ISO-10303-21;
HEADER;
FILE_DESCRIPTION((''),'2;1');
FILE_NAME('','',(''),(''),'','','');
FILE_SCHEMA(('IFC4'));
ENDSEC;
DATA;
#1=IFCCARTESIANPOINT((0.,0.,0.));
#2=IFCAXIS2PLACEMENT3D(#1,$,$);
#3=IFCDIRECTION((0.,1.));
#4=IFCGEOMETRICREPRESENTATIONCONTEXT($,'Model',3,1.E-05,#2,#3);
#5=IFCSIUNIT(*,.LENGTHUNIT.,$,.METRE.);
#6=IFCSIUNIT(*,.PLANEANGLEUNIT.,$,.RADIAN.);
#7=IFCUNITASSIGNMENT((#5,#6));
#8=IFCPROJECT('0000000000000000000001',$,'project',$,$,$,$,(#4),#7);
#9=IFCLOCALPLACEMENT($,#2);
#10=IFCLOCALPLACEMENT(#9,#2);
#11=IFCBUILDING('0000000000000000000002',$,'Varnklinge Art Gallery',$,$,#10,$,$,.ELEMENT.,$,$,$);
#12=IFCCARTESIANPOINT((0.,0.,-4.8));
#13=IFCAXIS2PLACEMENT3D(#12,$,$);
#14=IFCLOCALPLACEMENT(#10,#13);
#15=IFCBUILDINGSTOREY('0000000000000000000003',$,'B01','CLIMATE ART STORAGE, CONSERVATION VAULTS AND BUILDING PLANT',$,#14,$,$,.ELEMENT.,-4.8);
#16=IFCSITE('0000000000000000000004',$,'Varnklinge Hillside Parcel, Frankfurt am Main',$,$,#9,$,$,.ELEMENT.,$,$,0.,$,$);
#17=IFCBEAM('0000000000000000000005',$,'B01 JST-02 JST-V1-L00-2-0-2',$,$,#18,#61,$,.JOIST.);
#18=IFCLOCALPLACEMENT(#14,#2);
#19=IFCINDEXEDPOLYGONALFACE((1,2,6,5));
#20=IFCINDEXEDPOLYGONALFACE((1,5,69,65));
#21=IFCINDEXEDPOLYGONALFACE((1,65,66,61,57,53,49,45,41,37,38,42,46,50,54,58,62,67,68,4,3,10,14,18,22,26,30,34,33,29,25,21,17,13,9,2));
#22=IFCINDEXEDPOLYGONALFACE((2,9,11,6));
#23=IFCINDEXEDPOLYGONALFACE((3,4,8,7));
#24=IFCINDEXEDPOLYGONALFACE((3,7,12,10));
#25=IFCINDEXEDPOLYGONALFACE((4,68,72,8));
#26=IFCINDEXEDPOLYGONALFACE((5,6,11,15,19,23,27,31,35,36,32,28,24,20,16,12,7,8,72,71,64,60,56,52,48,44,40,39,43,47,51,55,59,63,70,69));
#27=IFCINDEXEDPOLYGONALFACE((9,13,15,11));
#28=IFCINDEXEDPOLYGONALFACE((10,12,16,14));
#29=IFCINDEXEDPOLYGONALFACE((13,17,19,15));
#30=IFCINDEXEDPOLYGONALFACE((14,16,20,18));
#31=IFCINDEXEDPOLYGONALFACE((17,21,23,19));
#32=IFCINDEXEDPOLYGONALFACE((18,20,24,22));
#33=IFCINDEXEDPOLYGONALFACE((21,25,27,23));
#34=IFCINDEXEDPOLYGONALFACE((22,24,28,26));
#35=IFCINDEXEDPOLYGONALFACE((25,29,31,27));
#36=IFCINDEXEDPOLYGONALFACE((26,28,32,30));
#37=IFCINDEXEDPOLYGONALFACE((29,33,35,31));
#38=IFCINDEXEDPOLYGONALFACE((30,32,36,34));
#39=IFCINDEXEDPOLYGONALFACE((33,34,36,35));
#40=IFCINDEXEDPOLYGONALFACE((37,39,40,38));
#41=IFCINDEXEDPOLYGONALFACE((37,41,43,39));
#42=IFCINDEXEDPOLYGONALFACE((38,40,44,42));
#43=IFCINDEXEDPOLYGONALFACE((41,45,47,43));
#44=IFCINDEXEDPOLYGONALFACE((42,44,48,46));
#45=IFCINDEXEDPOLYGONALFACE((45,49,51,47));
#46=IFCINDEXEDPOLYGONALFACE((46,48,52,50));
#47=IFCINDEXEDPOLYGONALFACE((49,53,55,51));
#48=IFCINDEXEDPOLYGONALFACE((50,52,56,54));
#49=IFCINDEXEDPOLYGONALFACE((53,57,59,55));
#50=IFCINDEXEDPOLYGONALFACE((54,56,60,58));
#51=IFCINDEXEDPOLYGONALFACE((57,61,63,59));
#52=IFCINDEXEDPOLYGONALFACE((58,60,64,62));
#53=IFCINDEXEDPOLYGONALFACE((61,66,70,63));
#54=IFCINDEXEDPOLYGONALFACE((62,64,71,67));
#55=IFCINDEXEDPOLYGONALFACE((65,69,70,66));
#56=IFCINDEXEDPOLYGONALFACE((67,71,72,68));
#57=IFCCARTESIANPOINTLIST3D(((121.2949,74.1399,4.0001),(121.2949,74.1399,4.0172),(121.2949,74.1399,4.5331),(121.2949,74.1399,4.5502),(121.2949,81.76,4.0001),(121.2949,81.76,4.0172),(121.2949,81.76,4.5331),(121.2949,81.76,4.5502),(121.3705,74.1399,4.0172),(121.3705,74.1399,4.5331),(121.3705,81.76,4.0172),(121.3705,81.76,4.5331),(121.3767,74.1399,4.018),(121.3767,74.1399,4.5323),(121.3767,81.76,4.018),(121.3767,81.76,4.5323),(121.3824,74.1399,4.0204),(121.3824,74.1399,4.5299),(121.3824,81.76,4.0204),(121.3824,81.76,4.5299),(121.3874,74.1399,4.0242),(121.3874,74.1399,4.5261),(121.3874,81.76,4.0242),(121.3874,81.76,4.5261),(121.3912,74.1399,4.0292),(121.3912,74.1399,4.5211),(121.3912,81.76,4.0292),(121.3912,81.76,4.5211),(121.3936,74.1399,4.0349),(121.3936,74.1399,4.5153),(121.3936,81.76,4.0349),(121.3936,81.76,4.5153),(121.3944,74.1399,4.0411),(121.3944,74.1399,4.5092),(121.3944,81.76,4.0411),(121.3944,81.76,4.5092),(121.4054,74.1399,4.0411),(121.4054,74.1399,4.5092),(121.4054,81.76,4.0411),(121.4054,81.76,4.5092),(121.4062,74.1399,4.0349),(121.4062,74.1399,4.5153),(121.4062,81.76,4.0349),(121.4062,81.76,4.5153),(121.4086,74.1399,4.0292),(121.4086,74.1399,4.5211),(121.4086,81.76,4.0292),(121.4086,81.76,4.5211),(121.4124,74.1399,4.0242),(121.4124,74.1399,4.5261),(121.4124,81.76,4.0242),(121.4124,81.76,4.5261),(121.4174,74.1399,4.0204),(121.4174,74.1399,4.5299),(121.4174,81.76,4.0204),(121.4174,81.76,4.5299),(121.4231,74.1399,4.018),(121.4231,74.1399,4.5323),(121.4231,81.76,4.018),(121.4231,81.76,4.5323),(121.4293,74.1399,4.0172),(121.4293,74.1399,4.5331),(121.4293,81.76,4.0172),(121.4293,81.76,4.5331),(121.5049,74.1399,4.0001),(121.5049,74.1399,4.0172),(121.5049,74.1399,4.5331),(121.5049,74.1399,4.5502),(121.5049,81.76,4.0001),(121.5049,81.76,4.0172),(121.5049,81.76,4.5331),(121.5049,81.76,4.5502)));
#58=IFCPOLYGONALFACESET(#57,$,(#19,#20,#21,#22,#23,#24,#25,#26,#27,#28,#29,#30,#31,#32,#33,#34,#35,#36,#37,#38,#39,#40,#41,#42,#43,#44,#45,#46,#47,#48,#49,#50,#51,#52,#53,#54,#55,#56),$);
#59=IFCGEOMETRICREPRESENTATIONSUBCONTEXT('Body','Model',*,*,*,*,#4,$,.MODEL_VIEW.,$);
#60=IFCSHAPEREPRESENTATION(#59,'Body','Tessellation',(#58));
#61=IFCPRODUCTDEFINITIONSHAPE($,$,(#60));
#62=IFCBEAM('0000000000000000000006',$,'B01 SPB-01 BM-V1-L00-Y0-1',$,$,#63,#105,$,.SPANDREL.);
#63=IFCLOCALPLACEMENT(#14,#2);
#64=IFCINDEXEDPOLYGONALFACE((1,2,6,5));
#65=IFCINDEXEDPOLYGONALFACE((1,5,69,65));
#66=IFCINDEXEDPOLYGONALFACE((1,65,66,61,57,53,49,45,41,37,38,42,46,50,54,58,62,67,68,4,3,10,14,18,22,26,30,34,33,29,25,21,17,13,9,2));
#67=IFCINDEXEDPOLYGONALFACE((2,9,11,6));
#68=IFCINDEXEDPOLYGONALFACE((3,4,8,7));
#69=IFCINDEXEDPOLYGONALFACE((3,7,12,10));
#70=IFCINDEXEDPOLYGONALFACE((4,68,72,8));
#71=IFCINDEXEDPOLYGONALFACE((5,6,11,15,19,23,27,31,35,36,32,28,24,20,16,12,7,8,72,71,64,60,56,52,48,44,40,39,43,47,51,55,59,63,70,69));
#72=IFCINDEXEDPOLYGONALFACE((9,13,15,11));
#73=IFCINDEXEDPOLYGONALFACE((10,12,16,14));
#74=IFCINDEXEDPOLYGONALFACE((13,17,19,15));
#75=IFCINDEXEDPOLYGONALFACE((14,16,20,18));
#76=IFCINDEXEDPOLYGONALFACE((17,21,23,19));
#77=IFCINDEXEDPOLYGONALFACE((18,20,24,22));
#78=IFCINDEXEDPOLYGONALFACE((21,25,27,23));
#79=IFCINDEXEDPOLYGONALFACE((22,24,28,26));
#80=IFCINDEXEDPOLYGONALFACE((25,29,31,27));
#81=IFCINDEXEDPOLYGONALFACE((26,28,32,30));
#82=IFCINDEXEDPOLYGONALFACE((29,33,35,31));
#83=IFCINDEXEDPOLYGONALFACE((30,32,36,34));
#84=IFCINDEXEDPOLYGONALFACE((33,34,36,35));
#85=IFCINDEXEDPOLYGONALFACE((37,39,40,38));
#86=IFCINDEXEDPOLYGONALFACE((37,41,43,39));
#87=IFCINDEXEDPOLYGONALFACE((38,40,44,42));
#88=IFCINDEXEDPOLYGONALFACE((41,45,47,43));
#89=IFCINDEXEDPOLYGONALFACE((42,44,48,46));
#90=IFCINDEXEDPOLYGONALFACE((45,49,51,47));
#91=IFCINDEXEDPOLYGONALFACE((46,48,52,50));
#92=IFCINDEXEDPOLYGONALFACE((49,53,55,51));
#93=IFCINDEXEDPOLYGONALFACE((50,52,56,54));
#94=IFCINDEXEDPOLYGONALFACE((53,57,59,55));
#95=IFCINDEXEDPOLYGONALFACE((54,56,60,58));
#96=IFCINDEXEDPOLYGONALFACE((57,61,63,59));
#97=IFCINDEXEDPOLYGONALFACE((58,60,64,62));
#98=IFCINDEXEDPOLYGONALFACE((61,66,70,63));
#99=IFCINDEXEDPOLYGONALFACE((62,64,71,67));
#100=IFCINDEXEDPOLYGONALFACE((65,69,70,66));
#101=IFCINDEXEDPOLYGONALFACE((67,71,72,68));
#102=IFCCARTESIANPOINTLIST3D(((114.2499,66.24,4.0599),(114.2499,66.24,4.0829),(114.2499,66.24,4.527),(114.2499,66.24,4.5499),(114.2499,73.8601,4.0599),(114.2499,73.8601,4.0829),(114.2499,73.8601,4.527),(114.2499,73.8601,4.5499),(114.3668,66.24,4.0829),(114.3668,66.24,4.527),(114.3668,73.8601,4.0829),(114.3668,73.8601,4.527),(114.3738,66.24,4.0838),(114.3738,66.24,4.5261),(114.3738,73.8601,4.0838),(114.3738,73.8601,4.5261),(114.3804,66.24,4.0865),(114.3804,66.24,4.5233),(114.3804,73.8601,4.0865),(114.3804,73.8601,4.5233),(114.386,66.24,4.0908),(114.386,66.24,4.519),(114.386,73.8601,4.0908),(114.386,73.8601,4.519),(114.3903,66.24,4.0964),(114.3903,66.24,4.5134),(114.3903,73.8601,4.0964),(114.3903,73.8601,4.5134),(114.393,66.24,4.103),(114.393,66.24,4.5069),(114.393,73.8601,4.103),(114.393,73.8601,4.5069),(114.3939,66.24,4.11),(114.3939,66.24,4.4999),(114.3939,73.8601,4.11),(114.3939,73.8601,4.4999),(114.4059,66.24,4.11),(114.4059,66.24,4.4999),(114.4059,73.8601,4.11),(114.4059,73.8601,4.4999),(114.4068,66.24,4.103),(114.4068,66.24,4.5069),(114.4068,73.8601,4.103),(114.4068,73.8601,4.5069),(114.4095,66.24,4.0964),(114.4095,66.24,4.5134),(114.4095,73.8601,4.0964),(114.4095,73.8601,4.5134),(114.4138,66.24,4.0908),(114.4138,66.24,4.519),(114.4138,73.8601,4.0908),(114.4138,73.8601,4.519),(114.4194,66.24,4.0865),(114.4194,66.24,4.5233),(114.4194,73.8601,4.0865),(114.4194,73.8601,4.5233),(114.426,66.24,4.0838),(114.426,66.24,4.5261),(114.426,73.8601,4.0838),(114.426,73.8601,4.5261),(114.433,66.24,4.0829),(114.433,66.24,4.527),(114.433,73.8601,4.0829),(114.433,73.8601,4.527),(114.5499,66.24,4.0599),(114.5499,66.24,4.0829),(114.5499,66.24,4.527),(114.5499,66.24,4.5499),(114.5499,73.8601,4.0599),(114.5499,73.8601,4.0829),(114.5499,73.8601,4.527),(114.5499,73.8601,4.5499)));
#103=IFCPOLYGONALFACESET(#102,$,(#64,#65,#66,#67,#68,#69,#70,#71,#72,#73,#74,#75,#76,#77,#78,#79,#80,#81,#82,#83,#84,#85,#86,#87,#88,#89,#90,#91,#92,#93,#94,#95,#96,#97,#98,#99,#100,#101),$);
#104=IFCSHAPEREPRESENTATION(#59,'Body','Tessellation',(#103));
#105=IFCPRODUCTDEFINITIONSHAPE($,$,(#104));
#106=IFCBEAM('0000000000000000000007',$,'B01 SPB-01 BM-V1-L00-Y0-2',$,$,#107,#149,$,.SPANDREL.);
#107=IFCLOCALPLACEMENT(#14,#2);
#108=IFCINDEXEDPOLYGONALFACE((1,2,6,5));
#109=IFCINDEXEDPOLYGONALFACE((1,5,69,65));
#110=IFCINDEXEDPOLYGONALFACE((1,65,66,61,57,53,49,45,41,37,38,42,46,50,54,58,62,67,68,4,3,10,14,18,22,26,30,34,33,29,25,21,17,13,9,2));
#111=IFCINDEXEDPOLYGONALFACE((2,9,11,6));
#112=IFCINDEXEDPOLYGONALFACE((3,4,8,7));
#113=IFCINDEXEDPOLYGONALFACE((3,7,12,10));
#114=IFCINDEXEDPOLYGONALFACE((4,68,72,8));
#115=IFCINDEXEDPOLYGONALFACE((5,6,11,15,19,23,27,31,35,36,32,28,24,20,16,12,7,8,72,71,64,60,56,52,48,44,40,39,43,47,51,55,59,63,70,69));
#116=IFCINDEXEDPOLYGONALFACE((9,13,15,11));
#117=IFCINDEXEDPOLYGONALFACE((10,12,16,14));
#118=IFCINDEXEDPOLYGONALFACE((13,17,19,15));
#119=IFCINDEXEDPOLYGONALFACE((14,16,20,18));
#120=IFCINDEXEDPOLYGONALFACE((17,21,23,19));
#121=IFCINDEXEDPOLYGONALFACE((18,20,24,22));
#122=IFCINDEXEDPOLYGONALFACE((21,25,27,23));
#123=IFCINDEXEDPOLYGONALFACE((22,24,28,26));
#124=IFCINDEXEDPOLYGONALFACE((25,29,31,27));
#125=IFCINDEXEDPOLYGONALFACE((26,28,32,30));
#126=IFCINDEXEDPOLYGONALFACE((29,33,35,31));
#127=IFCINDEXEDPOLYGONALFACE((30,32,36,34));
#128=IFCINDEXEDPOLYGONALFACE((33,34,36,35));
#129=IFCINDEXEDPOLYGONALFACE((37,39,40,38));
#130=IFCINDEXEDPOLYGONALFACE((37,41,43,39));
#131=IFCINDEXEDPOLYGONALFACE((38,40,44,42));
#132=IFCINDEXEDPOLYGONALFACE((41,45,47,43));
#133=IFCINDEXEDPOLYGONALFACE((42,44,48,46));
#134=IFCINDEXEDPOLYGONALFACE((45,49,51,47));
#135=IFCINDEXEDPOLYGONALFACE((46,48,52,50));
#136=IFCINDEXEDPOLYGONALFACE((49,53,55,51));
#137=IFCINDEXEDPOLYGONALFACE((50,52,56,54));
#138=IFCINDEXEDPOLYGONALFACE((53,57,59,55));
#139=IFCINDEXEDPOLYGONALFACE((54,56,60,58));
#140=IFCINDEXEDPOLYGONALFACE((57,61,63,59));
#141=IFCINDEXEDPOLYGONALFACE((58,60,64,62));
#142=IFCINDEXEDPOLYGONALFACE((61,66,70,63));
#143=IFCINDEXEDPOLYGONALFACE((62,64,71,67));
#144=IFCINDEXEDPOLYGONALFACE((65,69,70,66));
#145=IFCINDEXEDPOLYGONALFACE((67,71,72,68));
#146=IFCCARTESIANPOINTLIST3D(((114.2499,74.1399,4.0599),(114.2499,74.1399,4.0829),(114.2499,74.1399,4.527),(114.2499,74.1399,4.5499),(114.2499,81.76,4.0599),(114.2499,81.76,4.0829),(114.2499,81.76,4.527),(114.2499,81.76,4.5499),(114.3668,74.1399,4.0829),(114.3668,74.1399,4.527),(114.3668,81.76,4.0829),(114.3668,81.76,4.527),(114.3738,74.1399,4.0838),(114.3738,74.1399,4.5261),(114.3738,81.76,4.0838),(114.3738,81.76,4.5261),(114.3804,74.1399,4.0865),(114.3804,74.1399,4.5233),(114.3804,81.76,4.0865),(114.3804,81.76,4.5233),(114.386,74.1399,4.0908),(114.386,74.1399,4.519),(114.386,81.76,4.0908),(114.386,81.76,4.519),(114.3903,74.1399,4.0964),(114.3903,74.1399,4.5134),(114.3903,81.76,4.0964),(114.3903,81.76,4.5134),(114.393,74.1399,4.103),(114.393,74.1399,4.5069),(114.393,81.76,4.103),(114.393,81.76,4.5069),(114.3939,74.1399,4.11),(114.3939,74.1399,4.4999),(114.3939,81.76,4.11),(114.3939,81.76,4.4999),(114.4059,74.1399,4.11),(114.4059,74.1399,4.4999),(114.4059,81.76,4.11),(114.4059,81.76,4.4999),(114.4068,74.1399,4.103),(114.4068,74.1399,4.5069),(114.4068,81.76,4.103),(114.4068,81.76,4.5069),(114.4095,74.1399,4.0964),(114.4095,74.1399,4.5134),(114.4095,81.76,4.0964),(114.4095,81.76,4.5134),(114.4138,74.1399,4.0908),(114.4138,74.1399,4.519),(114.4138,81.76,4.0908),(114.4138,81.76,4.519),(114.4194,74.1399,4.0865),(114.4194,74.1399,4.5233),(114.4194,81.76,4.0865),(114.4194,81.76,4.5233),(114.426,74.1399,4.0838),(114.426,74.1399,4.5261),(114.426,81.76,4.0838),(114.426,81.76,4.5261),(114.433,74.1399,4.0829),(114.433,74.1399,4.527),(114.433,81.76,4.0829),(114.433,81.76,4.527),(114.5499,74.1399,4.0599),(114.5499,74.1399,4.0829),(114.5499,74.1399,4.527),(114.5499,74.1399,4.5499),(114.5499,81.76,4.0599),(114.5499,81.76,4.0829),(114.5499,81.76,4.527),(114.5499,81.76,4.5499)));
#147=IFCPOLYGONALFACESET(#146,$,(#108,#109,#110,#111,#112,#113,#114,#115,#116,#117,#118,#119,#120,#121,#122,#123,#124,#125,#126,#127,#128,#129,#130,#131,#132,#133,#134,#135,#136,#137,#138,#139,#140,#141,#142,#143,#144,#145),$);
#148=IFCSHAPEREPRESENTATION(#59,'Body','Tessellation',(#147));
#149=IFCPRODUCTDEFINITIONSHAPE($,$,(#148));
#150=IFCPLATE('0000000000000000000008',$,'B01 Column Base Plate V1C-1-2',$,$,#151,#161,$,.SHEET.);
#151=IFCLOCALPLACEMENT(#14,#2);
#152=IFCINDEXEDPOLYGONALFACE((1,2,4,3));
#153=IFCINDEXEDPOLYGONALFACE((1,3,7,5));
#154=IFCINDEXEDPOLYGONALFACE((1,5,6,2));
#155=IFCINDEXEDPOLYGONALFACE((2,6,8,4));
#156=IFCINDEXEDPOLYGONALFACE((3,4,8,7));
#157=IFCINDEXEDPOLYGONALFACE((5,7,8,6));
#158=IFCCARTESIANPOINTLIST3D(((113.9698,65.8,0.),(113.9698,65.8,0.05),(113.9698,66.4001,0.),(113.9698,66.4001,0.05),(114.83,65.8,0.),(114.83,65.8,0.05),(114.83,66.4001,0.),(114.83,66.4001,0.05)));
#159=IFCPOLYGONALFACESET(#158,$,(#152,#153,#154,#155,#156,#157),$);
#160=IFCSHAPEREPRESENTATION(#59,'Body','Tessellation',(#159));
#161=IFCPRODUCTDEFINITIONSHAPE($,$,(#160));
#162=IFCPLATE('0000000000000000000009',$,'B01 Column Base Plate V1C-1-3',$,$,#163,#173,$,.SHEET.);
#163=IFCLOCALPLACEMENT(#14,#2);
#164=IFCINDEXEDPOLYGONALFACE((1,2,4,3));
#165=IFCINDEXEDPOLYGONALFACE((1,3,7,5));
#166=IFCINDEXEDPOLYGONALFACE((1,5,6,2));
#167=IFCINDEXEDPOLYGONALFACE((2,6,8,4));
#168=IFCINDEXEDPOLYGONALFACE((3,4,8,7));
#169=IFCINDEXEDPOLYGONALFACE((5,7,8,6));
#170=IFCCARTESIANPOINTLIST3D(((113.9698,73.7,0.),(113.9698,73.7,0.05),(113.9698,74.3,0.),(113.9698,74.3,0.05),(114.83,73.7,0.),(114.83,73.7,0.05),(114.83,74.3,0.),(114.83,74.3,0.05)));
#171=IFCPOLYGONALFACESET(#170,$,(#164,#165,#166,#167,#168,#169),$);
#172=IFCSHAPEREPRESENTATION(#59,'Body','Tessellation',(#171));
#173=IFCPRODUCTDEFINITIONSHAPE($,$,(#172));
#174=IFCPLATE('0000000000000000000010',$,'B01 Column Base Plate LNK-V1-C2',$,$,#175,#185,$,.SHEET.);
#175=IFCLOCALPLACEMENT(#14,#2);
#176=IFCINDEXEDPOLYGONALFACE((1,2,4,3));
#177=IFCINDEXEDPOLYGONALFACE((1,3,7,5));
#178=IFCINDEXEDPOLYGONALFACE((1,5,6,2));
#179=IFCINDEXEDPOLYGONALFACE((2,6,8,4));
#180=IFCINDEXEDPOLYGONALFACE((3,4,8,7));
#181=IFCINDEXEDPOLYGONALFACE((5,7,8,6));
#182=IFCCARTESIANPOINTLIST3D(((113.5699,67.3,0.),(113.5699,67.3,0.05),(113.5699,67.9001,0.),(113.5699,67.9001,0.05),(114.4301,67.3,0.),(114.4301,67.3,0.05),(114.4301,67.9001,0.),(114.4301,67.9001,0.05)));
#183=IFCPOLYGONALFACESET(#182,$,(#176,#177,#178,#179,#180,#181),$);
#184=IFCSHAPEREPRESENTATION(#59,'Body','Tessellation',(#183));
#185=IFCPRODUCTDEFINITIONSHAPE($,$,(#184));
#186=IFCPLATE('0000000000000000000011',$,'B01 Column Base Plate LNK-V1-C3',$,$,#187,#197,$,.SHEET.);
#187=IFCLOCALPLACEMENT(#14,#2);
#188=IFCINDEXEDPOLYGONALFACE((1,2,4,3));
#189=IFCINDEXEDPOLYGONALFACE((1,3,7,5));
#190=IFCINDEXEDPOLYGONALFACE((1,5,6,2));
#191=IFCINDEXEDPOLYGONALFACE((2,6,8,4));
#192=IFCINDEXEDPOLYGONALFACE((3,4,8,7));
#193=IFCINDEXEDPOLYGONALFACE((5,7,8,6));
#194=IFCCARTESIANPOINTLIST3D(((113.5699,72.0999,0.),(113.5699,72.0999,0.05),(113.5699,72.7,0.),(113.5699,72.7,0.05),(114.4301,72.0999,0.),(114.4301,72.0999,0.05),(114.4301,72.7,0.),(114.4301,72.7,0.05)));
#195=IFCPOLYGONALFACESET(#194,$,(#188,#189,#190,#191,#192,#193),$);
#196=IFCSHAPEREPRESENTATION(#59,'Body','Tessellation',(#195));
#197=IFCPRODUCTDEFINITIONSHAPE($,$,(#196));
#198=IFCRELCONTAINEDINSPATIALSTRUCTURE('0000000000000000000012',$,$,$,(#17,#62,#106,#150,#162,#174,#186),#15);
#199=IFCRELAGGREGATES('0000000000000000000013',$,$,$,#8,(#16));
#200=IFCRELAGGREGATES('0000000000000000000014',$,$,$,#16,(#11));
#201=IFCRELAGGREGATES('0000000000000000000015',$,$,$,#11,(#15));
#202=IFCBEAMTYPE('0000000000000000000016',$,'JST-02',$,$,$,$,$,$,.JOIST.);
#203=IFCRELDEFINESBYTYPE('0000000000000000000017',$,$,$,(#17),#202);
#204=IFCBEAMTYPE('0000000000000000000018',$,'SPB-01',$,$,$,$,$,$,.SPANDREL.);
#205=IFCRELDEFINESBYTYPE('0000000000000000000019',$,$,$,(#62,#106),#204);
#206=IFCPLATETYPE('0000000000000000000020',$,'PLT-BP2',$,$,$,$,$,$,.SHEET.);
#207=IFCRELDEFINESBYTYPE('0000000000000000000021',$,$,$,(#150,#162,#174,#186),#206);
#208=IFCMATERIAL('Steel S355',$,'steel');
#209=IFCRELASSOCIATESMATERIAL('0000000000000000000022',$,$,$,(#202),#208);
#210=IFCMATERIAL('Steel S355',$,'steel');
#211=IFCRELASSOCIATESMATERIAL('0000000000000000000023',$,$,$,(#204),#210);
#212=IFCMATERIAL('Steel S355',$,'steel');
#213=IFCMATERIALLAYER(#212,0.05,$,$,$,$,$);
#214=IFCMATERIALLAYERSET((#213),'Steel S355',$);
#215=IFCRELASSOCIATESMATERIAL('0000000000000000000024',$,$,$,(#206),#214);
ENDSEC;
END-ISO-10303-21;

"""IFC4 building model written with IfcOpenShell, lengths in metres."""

from ifc_helpers import new_model, si_unit, direction, frame, origin, origin_2d, place, context, subcontext, project, spatial, rectangle, i_section, extrude, material, layer, layer_set, material_profile, profile_set, type_object, element, save


model = new_model("IFC4")

# Units and contexts
model_context = context("Model", 3, precision=1e-05, world=origin(), true_north=direction((0.0, 1.0)))
body_context = subcontext(model_context, "Body", "Model", "MODEL_VIEW")
ifc_project = project(units=[si_unit("LENGTHUNIT", "METRE"), si_unit("PLANEANGLEUNIT", "RADIAN")], contexts=[model_context])

# Site, building, storey
site_placement = place(None, origin())
site = spatial("IfcSite", under=ifc_project, at=site_placement, Name="Varnklinge Hillside Parcel, Frankfurt am Main", CompositionType="ELEMENT", RefElevation=0.0)
building_placement = place(site_placement, origin())
building = spatial("IfcBuilding", under=site, at=building_placement, Name="Varnklinge Art Gallery", CompositionType="ELEMENT")
storey_placement = place(building_placement, frame((0.0, 0.0, -4.8)))
storey = spatial("IfcBuildingStorey", under=building, at=storey_placement, Name="B01", Description="CLIMATE ART STORAGE, CONSERVATION VAULTS AND BUILDING PLANT", CompositionType="ELEMENT", Elevation=-4.8)

# Beams
ifc_material_1 = material(Name="Steel S355", Category="steel")
ifc_material_profile_1 = material_profile(ifc_material_1, i_section(OverallWidth=0.21, OverallDepth=0.55, WebThickness=0.011, FlangeThickness=0.0171, FilletRadius=0.0239, at=origin_2d()), Name="IPE 550")
ifc_profile_set_1 = profile_set([ifc_material_profile_1], Name="Steel S355")
beam_type_1 = type_object("IfcBeamType", Name="JST-02", PredefinedType="JOIST", material=ifc_profile_set_1)
for number, where, z_axis, x_axis, name in (
    (1, (121.3999, 74.1399, 4.2751), (0.0, 1.0, 0.0), (-1.0, 0.0, 0.0), "B01 JST-02 JST-V1-L00-2-0-2"),
):
    element("IfcBeam", number, at=place(storey_placement, frame(where, z_axis=z_axis, x_axis=x_axis)), inside=storey, type_object=beam_type_1, Name=name, PredefinedType="JOIST", context=body_context, shape_type="SweptSolid", body=[
        extrude(i_section(OverallWidth=0.21, OverallDepth=0.55, WebThickness=0.011, FlangeThickness=0.0171, FilletRadius=0.0239, at=origin_2d()), origin(), (0.0, 0.0, 1.0), 7.6201),
    ])
ifc_material_2 = material(Name="Steel S355", Category="steel")
ifc_material_profile_2 = material_profile(ifc_material_2, i_section(OverallWidth=0.3, OverallDepth=0.49, WebThickness=0.012, FlangeThickness=0.0229, FilletRadius=0.0271, at=origin_2d()), Name="HEA 500")
ifc_profile_set_2 = profile_set([ifc_material_profile_2], Name="Steel S355")
beam_type_2 = type_object("IfcBeamType", Name="SPB-01", PredefinedType="SPANDREL", material=ifc_profile_set_2)
for number, where, z_axis, x_axis, name in (
    (2, (114.3999, 66.24, 4.3049), (0.0, 1.0, 0.0), (-1.0, 0.0, 0.0), "B01 SPB-01 BM-V1-L00-Y0-1"),
    (3, (114.3999, 74.1399, 4.3049), (0.0, 1.0, 0.0), (-1.0, 0.0, 0.0), "B01 SPB-01 BM-V1-L00-Y0-2"),
):
    element("IfcBeam", number, at=place(storey_placement, frame(where, z_axis=z_axis, x_axis=x_axis)), inside=storey, type_object=beam_type_2, Name=name, PredefinedType="SPANDREL", context=body_context, shape_type="SweptSolid", body=[
        extrude(i_section(OverallWidth=0.3, OverallDepth=0.49, WebThickness=0.012, FlangeThickness=0.0229, FilletRadius=0.0271, at=origin_2d()), origin(), (0.0, 0.0, 1.0), 7.6201),
    ])

# Plates
ifc_material_3 = material(Name="Steel S355", Category="steel")
ifc_layer_1 = layer(ifc_material_3, 0.05)
ifc_layer_set_1 = layer_set([ifc_layer_1], Name="Steel S355")
plate_type = type_object("IfcPlateType", Name="PLT-BP2", PredefinedType="SHEET", material=ifc_layer_set_1)
for number, where, z_axis, x_axis, name in (
    (4, (114.3999, 66.1001, 0.0), (0.0, 0.0, 1.0), (1.0, 0.0, 0.0), "B01 Column Base Plate V1C-1-2"),
    (5, (114.3999, 74.0, 0.0), (0.0, 0.0, 1.0), (1.0, 0.0, 0.0), "B01 Column Base Plate V1C-1-3"),
    (6, (114.0, 67.6001, 0.0), (0.0, 0.0, 1.0), (1.0, 0.0, 0.0), "B01 Column Base Plate LNK-V1-C2"),
    (7, (114.0, 72.3999, 0.0), (0.0, 0.0, 1.0), (1.0, 0.0, 0.0), "B01 Column Base Plate LNK-V1-C3"),
):
    element("IfcPlate", number, at=place(storey_placement, frame(where, z_axis=z_axis, x_axis=x_axis)), inside=storey, type_object=plate_type, Name=name, PredefinedType="SHEET", context=body_context, shape_type="SweptSolid", body=[
        extrude(rectangle(XDim=0.8601, YDim=0.6001, at=origin_2d()), origin(), (0.0, 0.0, 1.0), 0.05),
    ])

save(model, "model.ifc")
